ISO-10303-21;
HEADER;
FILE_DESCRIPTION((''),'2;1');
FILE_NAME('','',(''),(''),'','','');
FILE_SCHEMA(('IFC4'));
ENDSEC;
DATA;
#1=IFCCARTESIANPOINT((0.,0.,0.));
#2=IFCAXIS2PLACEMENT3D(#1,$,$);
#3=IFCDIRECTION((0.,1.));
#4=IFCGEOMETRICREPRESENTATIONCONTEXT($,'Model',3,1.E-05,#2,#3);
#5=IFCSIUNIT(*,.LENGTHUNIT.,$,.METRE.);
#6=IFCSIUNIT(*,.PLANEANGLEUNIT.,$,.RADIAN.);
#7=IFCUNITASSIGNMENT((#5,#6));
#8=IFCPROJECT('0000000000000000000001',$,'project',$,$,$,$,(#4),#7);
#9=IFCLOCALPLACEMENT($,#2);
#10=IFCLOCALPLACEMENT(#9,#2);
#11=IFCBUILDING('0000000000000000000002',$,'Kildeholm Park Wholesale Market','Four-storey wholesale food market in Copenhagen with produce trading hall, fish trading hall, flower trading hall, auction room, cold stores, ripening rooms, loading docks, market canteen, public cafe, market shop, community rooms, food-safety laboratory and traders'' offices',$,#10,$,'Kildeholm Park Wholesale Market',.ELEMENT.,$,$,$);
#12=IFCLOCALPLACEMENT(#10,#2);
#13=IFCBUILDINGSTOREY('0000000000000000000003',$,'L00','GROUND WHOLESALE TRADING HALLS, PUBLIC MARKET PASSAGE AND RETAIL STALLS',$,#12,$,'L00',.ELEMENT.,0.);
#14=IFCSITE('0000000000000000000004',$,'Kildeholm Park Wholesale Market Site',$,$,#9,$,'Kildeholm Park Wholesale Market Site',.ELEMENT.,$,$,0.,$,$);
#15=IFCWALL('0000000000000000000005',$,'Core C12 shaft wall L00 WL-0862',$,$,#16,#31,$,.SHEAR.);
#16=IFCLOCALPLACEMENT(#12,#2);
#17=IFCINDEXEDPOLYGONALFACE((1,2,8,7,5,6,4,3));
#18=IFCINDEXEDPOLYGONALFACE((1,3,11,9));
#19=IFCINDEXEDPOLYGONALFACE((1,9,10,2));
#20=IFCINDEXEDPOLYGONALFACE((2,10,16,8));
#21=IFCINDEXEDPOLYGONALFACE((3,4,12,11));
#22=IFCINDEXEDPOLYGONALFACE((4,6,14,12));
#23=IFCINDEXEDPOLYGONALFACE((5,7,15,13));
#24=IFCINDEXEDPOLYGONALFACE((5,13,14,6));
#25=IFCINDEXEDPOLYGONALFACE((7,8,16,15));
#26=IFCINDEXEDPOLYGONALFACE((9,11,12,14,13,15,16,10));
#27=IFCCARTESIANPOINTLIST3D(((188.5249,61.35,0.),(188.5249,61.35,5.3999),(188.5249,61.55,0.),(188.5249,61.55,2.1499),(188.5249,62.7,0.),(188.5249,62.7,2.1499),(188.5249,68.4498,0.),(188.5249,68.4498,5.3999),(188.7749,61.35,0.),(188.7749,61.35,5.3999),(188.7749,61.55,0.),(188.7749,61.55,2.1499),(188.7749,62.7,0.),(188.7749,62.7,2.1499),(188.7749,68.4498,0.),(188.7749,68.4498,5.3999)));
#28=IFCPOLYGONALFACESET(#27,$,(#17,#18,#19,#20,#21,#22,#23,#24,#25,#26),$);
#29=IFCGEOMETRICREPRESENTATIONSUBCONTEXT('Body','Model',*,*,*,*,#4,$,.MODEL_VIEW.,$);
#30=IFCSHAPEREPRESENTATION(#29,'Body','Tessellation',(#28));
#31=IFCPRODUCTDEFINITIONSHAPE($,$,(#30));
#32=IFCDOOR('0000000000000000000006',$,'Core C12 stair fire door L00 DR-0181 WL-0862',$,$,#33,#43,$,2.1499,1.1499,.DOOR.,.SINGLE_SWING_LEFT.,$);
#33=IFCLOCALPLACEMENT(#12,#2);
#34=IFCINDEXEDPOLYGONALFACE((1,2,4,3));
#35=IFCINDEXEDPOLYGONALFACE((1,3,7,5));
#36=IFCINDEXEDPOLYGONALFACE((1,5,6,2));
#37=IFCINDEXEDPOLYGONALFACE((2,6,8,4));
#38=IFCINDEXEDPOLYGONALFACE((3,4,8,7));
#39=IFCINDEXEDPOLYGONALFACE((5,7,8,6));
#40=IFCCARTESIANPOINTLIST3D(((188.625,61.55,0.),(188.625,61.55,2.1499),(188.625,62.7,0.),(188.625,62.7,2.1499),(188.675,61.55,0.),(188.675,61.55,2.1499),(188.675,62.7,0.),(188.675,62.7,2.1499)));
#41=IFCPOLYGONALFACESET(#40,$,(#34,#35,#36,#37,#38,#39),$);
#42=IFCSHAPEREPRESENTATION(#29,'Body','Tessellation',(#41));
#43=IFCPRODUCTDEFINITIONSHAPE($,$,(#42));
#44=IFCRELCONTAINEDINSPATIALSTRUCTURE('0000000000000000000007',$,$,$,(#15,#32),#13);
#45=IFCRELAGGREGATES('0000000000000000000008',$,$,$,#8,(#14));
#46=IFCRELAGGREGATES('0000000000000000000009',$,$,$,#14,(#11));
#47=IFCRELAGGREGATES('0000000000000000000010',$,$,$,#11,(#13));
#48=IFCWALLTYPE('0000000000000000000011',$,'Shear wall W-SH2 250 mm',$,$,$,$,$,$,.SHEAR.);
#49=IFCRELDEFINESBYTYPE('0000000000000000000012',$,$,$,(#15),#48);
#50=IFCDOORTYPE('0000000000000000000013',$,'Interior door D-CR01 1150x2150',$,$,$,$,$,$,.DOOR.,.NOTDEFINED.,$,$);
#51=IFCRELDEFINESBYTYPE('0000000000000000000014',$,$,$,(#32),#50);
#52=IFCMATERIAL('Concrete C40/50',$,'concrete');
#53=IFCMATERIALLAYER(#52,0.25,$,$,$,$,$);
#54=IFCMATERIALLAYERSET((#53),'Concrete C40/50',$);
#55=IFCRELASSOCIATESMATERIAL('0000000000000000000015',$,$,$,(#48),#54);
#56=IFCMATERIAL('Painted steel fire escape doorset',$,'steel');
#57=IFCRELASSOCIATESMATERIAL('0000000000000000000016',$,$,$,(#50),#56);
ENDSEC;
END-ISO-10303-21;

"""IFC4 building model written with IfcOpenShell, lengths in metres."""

from ifc_helpers import new_model, si_unit, direction, frame, frame_2d, origin, place, context, subcontext, project, spatial, rectangle, extrude, material, layer, layer_set, type_object, element, fill, save


model = new_model("IFC4")

# Units and contexts
model_context = context("Model", 3, precision=1e-05, world=origin(), true_north=direction((0.0, 1.0)))
body_context = subcontext(model_context, "Body", "Model", "MODEL_VIEW")
ifc_project = project(units=[si_unit("LENGTHUNIT", "METRE"), si_unit("PLANEANGLEUNIT", "RADIAN")], contexts=[model_context])

# Site, building, storey
site_placement = place(None, origin())
site = spatial("IfcSite", under=ifc_project, at=site_placement, Name="Kildeholm Park Wholesale Market Site", LongName="Kildeholm Park Wholesale Market Site", CompositionType="ELEMENT", RefElevation=0.0)
building_placement = place(site_placement, origin())
building = spatial("IfcBuilding", under=site, at=building_placement, Name="Kildeholm Park Wholesale Market", Description="Four-storey wholesale food market in Copenhagen with produce trading hall, fish trading hall, flower trading hall, auction room, cold stores, ripening rooms, loading docks, market canteen, public cafe, market shop, community rooms, food-safety laboratory and traders' offices", LongName="Kildeholm Park Wholesale Market", CompositionType="ELEMENT")
storey_placement = place(building_placement, origin())
storey = spatial("IfcBuildingStorey", under=building, at=storey_placement, Name="L00", Description="GROUND WHOLESALE TRADING HALLS, PUBLIC MARKET PASSAGE AND RETAIL STALLS", LongName="L00", CompositionType="ELEMENT", Elevation=0.0)

# Shared definitions
ifc_material_1 = material(Name="Concrete C40/50", Category="concrete")

# Wall, opening, door
ifc_layer_1 = layer(ifc_material_1, 0.25)
ifc_layer_set_1 = layer_set([ifc_layer_1], Name="Concrete C40/50")
wall_type_1 = type_object("IfcWallType", Name="Shear wall W-SH2 250 mm", PredefinedType="SHEAR", material=ifc_layer_set_1)
wall_1_placement = place(storey_placement, frame((188.6499, 61.3501, 0.0), z_axis=(0.0, 0.0, 1.0), x_axis=(0.0, 1.0, 0.0)))
wall_1 = element("IfcWall", 1, at=wall_1_placement, inside=storey, type_object=wall_type_1, Name="Core C12 shaft wall L00 WL-0862", PredefinedType="SHEAR", context=body_context, shape_type="SweptSolid", body=[
    extrude(rectangle(XDim=7.0999, YDim=0.25, at=frame_2d((3.5498, 0.0))), origin(), (0.0, 0.0, 1.0), 5.3999),
])
opening_1_placement = place(wall_1_placement, frame((0.2, 0.0, 0.0)))
opening_1 = element("IfcOpeningElement", 2, at=opening_1_placement, cuts=wall_1, PredefinedType="OPENING", context=body_context, shape_type="SweptSolid", body=[
    extrude(rectangle(XDim=1.1499, YDim=2.1499, at=frame_2d((0.575, 1.075))), frame((0.0, 0.135, 0.0), z_axis=(0.0, -1.0, 0.0), x_axis=(1.0, 0.0, 0.0)), (0.0, 0.0, 1.0), 0.27),
])
ifc_material_2 = material(Name="Painted steel fire escape doorset", Category="steel")
door_type_1 = type_object("IfcDoorType", Name="Interior door D-CR01 1150x2150", OperationType="NOTDEFINED", PredefinedType="DOOR", material=ifc_material_2)
door_1_placement = place(opening_1_placement, origin())
door_1 = element("IfcDoor", 3, at=door_1_placement, inside=storey, type_object=door_type_1, Name="Core C12 stair fire door L00 DR-0181 WL-0862", OperationType="SINGLE_SWING_LEFT", OverallHeight=2.1499, OverallWidth=1.1499, PredefinedType="DOOR", context=body_context, shape_type="SweptSolid", body=[
    extrude(rectangle(XDim=1.1499, YDim=2.1499, at=frame_2d((0.575, 1.075))), frame((0.0, 0.0249, 0.0), z_axis=(0.0, -1.0, 0.0), x_axis=(1.0, 0.0, 0.0)), (0.0, 0.0, 1.0), 0.05),
])
fill(opening_1, door_1)

save(model, "model.ifc")
